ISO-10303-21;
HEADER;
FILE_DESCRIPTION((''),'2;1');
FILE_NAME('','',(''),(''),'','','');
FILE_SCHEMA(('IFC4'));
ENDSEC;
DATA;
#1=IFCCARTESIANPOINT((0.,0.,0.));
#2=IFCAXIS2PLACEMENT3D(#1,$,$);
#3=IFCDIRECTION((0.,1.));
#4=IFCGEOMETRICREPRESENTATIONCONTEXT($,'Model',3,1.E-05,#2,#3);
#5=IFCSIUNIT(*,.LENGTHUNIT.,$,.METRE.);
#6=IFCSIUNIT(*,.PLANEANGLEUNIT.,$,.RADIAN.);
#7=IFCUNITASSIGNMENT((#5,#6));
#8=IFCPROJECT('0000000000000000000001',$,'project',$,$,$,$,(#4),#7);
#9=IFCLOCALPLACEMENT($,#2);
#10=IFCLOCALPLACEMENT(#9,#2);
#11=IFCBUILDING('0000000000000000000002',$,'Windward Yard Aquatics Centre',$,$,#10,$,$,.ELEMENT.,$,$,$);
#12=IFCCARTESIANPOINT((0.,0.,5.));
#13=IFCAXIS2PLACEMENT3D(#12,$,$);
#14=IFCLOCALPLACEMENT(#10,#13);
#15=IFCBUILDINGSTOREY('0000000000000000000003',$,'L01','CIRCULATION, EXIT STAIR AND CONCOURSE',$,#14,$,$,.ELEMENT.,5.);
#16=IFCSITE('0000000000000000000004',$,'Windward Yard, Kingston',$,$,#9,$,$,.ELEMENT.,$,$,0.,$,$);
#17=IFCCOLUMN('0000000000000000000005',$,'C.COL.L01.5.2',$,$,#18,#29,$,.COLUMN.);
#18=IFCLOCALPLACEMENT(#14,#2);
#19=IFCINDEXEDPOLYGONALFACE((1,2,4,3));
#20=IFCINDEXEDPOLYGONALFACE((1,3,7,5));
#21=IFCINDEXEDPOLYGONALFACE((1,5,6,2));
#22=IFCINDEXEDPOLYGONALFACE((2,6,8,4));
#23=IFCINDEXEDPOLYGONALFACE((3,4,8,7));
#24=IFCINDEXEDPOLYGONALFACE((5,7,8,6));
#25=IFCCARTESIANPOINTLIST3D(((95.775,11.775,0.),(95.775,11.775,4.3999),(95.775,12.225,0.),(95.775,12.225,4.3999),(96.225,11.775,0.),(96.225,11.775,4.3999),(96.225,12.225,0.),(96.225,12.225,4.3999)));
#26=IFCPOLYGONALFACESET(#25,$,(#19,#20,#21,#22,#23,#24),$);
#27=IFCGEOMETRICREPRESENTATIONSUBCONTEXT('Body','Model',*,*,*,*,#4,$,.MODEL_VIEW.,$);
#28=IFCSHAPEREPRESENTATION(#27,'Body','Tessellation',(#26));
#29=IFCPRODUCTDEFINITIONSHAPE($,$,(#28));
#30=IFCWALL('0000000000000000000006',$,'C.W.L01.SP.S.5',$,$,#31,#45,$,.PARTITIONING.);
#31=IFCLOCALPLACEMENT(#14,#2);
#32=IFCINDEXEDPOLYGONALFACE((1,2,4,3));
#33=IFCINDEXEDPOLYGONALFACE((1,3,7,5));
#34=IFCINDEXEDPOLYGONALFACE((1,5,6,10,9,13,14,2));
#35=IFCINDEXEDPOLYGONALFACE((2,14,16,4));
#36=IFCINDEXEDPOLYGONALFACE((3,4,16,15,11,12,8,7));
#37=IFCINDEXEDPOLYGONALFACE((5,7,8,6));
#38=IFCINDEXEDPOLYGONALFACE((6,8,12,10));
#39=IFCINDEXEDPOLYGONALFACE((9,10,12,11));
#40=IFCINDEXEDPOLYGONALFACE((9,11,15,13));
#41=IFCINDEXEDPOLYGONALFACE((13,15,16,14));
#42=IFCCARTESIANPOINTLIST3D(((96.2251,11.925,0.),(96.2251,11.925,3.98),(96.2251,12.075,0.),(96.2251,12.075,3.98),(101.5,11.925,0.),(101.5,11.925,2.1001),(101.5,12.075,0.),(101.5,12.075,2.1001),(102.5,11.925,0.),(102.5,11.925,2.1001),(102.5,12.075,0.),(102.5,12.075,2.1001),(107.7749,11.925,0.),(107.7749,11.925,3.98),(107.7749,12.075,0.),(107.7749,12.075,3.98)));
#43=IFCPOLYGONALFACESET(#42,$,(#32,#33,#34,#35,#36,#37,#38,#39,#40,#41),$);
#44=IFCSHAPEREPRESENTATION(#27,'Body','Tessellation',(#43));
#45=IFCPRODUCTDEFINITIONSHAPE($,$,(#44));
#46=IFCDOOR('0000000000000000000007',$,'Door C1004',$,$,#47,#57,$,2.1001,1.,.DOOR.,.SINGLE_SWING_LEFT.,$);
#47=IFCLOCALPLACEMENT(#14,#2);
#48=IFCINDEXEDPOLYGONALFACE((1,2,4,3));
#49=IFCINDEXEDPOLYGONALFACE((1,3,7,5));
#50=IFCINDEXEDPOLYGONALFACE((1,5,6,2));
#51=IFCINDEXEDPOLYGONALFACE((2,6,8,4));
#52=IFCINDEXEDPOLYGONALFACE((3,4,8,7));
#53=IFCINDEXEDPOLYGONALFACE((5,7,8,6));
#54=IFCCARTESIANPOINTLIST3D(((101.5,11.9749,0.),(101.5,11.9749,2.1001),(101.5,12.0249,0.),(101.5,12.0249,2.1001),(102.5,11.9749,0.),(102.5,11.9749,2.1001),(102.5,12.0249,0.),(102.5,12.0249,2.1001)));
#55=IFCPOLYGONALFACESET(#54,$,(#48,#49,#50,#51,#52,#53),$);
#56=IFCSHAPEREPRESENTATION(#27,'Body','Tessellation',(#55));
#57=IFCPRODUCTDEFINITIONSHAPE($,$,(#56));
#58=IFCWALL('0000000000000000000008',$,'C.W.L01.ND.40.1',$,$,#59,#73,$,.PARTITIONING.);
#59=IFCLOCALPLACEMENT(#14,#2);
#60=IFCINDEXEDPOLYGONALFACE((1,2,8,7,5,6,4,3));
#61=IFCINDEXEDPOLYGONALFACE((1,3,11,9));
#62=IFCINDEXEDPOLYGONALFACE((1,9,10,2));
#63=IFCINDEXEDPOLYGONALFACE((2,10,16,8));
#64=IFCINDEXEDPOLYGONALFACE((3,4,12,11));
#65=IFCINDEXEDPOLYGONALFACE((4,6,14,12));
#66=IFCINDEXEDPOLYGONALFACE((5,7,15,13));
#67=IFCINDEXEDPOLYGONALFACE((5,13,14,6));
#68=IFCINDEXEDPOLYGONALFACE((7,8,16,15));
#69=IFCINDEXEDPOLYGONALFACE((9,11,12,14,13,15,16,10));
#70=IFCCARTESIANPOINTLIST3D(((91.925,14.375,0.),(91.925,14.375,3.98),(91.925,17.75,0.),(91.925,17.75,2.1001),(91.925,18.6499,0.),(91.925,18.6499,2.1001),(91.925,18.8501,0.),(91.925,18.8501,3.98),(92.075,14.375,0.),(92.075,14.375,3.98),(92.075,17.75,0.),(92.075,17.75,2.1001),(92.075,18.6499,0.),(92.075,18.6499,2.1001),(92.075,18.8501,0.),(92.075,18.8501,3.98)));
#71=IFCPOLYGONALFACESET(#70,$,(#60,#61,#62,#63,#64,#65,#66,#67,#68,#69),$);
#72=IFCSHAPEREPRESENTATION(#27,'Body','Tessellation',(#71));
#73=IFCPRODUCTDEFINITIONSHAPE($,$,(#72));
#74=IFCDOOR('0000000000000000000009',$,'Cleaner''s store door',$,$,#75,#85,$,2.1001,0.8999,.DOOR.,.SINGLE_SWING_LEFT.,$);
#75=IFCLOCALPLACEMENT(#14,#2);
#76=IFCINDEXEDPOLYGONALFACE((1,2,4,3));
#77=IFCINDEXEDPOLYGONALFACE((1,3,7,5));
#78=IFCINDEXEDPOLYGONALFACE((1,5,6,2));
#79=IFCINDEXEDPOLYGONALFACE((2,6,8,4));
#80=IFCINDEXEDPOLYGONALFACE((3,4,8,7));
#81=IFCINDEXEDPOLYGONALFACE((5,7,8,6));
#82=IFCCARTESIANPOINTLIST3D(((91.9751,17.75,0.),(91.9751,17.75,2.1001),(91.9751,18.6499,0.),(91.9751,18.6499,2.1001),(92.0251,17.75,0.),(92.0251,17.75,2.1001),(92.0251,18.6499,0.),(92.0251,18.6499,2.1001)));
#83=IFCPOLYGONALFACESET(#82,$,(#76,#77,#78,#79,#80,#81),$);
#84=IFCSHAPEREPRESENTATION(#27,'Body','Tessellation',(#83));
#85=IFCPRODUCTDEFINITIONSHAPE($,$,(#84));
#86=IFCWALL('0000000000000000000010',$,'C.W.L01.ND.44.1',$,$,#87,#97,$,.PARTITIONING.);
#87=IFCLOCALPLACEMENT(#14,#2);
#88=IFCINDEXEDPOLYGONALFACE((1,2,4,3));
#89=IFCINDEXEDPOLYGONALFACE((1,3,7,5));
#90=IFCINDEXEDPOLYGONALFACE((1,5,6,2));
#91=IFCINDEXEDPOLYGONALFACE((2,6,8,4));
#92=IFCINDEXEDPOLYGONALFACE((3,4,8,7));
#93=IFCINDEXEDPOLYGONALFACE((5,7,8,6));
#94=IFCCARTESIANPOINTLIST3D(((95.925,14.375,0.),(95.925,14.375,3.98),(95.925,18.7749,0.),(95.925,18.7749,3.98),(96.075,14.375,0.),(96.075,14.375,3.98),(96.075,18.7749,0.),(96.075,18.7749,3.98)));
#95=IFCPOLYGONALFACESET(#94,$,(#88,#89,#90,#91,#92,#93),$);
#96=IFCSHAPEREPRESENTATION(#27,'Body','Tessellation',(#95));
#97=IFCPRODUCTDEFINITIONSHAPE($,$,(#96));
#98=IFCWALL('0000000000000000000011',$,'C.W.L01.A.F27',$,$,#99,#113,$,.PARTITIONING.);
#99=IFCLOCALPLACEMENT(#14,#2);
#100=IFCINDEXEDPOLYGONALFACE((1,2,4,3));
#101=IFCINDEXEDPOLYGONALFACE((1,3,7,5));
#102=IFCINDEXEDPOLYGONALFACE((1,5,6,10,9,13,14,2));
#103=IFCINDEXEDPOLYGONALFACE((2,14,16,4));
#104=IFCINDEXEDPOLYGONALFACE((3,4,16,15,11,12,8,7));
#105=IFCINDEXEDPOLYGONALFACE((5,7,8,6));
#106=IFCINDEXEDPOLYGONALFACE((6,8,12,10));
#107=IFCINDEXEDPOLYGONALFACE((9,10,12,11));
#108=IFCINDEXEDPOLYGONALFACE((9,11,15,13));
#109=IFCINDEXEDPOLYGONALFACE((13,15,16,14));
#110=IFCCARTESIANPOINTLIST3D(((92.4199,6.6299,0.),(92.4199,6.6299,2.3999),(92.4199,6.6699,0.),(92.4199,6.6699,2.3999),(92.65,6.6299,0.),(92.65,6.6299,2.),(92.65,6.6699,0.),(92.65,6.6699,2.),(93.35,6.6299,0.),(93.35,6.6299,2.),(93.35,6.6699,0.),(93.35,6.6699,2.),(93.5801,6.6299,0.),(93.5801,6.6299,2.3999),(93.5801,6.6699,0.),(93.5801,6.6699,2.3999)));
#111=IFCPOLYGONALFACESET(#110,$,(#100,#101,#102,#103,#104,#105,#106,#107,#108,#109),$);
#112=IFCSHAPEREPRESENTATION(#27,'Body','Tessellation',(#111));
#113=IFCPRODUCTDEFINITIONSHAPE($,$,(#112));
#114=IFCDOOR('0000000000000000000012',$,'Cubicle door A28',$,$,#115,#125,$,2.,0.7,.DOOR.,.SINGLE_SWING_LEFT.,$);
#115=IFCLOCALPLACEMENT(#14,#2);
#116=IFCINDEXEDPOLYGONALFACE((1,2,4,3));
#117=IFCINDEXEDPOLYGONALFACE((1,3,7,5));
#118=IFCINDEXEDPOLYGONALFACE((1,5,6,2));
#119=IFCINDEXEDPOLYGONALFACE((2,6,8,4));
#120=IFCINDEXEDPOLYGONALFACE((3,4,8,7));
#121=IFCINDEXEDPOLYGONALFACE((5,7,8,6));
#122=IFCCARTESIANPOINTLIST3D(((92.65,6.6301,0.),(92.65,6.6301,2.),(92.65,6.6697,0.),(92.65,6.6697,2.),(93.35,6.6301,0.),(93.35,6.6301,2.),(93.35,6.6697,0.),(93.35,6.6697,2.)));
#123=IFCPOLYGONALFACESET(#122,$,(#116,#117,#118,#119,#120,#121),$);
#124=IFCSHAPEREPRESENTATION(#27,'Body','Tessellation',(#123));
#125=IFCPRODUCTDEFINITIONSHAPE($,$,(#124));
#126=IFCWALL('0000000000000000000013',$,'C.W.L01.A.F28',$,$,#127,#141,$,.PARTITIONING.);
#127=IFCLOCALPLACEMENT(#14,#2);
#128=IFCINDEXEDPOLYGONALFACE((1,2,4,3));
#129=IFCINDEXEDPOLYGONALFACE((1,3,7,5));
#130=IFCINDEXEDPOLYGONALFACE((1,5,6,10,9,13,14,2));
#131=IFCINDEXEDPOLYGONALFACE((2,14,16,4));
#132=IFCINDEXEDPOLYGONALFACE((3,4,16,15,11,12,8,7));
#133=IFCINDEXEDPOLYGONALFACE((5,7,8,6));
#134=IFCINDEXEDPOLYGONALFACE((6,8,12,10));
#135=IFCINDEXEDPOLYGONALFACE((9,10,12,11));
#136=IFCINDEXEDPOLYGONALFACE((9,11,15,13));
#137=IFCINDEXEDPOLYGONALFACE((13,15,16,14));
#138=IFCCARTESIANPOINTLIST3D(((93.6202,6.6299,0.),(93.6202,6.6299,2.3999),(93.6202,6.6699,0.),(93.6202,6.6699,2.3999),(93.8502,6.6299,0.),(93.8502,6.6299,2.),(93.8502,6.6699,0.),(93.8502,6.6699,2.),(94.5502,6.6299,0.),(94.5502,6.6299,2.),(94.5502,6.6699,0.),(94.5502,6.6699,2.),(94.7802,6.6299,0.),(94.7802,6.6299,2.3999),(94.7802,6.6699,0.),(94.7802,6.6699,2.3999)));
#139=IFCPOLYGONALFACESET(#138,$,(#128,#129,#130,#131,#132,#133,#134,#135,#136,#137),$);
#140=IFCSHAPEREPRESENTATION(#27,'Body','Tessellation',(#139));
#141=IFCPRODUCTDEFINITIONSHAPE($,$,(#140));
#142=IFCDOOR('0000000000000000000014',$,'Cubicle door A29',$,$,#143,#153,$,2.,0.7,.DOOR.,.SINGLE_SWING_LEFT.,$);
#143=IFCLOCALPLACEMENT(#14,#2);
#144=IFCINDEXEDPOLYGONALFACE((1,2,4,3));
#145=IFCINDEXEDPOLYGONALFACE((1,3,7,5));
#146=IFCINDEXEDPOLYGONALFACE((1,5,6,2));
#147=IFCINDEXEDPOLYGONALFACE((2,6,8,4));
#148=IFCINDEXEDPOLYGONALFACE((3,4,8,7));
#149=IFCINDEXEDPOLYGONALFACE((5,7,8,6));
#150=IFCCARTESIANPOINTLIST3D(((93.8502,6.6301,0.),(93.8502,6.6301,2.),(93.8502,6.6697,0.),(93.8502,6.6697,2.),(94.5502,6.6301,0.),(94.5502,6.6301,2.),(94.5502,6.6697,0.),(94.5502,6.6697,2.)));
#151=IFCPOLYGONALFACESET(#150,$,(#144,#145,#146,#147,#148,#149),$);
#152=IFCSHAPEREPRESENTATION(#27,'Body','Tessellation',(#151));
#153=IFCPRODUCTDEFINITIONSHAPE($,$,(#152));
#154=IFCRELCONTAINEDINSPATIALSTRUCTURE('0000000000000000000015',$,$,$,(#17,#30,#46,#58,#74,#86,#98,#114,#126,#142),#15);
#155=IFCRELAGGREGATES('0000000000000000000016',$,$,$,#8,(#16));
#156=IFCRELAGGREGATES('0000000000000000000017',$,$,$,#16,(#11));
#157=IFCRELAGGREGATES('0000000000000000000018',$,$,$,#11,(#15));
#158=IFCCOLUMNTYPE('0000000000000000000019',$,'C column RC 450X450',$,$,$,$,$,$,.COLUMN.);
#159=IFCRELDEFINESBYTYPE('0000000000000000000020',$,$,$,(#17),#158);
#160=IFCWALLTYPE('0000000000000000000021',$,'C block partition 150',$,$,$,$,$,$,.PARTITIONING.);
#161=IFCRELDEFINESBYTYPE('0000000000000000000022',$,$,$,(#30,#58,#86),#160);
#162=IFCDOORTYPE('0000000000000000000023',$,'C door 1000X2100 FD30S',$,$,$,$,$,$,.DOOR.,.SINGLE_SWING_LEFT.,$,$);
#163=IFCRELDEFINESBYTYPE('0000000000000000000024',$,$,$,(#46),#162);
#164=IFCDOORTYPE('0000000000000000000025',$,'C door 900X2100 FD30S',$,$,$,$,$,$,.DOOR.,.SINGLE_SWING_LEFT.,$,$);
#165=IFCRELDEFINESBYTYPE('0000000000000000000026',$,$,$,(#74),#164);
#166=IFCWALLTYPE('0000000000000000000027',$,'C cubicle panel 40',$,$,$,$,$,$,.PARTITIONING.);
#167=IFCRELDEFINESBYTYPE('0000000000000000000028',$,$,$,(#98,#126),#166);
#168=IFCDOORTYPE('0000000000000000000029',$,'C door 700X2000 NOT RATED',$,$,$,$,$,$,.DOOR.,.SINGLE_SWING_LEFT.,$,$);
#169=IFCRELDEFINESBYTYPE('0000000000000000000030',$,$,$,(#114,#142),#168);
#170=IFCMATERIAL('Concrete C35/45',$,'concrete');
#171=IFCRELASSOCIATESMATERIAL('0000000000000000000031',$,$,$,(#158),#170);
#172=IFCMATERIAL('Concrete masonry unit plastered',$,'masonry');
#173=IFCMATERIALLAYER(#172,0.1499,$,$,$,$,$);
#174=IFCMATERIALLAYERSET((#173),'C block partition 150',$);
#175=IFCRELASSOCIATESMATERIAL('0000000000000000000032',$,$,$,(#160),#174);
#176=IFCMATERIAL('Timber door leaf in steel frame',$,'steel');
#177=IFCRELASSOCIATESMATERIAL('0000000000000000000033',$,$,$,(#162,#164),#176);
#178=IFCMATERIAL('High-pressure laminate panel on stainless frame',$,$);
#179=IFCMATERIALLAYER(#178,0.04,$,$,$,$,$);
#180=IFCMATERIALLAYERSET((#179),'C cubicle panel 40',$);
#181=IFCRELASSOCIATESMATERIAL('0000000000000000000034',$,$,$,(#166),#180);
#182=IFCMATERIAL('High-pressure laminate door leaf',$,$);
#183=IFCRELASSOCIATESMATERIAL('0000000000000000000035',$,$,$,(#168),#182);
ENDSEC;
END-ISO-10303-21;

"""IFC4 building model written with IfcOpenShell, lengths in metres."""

from ifc_helpers import new_model, si_unit, direction, frame, frame_2d, origin, origin_2d, place, context, subcontext, project, spatial, rectangle, extrude, material, layer, layer_set, material_profile, profile_set, type_object, element, fill, save


model = new_model("IFC4")

# Units and contexts
model_context = context("Model", 3, precision=1e-05, world=origin(), true_north=direction((0.0, 1.0)))
body_context = subcontext(model_context, "Body", "Model", "MODEL_VIEW")
ifc_project = project(units=[si_unit("LENGTHUNIT", "METRE"), si_unit("PLANEANGLEUNIT", "RADIAN")], contexts=[model_context])

# Site, building, storey
site_placement = place(None, origin())
site = spatial("IfcSite", under=ifc_project, at=site_placement, Name="Windward Yard, Kingston", CompositionType="ELEMENT", RefElevation=0.0)
building_placement = place(site_placement, origin())
building = spatial("IfcBuilding", under=site, at=building_placement, Name="Windward Yard Aquatics Centre", CompositionType="ELEMENT")
storey_placement = place(building_placement, frame((0.0, 0.0, 5.0)))
storey = spatial("IfcBuildingStorey", under=building, at=storey_placement, Name="L01", Description="CIRCULATION, EXIT STAIR AND CONCOURSE", CompositionType="ELEMENT", Elevation=5.0)

# Column
ifc_material_1 = material(Name="Concrete C35/45", Category="concrete")
ifc_material_profile = material_profile(ifc_material_1, rectangle(XDim=0.45, YDim=0.45, at=origin_2d()), Name="RC 450X450")
ifc_profile_set = profile_set([ifc_material_profile], Name="Concrete C35/45")
column_type = type_object("IfcColumnType", Name="C column RC 450X450", PredefinedType="COLUMN", material=ifc_profile_set)
column_placement = place(storey_placement, frame((96.0, 12.0, 0.0), z_axis=(0.0, 0.0, 1.0), x_axis=(1.0, 0.0, 0.0)))
element("IfcColumn", 1, at=column_placement, inside=storey, type_object=column_type, Name="C.COL.L01.5.2", PredefinedType="COLUMN", context=body_context, shape_type="SweptSolid", body=[
    extrude(rectangle(XDim=0.45, YDim=0.45, at=origin_2d()), origin(), (0.0, 0.0, 1.0), 4.3999),
])

# Walls, openings, doors
ifc_material_2 = material(Name="Concrete masonry unit plastered", Category="masonry")
ifc_layer_1 = layer(ifc_material_2, 0.1499)
ifc_layer_set_1 = layer_set([ifc_layer_1], Name="C block partition 150")
wall_type_1 = type_object("IfcWallType", Name="C block partition 150", PredefinedType="PARTITIONING", material=ifc_layer_set_1)
wall_1_placement = place(storey_placement, frame((96.2251, 12.0, 0.0), z_axis=(0.0, 0.0, 1.0), x_axis=(1.0, 0.0, 0.0)))
wall_1 = element("IfcWall", 2, at=wall_1_placement, inside=storey, type_object=wall_type_1, Name="C.W.L01.SP.S.5", PredefinedType="PARTITIONING", context=body_context, shape_type="SweptSolid", body=[
    extrude(rectangle(XDim=11.5498, YDim=0.1499, at=frame_2d((5.7749, 0.0))), origin(), (0.0, 0.0, 1.0), 3.98),
])
opening_1_placement = place(wall_1_placement, frame((5.2749, 0.0, 0.0)))
opening_1 = element("IfcOpeningElement", 3, at=opening_1_placement, cuts=wall_1, PredefinedType="OPENING", context=body_context, shape_type="SweptSolid", body=[
    extrude(rectangle(XDim=1.0, YDim=2.1001, at=frame_2d((0.5, 1.05))), frame((0.0, 0.085, 0.0), z_axis=(0.0, -1.0, 0.0), x_axis=(1.0, 0.0, 0.0)), (0.0, 0.0, 1.0), 0.1699),
])
ifc_material_3 = material(Name="Timber door leaf in steel frame", Category="steel")
door_type_1 = type_object("IfcDoorType", Name="C door 1000X2100 FD30S", OperationType="SINGLE_SWING_LEFT", PredefinedType="DOOR", material=ifc_material_3)
door_1_placement = place(opening_1_placement, origin())
door_1 = element("IfcDoor", 4, at=door_1_placement, inside=storey, type_object=door_type_1, Name="Door C1004", OperationType="SINGLE_SWING_LEFT", OverallHeight=2.1001, OverallWidth=1.0, PredefinedType="DOOR", context=body_context, shape_type="SweptSolid", body=[
    extrude(rectangle(XDim=1.0, YDim=2.1001, at=frame_2d((0.5, 1.05))), frame((0.0, 0.0249, 0.0), z_axis=(0.0, -1.0, 0.0), x_axis=(1.0, 0.0, 0.0)), (0.0, 0.0, 1.0), 0.05),
])
fill(opening_1, door_1)
wall_2_placement = place(storey_placement, frame((92.0, 14.375, 0.0), z_axis=(0.0, 0.0, 1.0), x_axis=(0.0, 1.0, 0.0)))
wall_2 = element("IfcWall", 5, at=wall_2_placement, inside=storey, type_object=wall_type_1, Name="C.W.L01.ND.40.1", PredefinedType="PARTITIONING", context=body_context, shape_type="SweptSolid", body=[
    extrude(rectangle(XDim=4.4751, YDim=0.1499, at=frame_2d((2.2375, 0.0))), origin(), (0.0, 0.0, 1.0), 3.98),
])
opening_2_placement = place(wall_2_placement, frame((3.375, 0.0, 0.0)))
opening_2 = element("IfcOpeningElement", 6, at=opening_2_placement, cuts=wall_2, PredefinedType="OPENING", context=body_context, shape_type="SweptSolid", body=[
    extrude(rectangle(XDim=0.8999, YDim=2.1001, at=frame_2d((0.45, 1.05))), frame((0.0, 0.085, 0.0), z_axis=(0.0, -1.0, 0.0), x_axis=(1.0, 0.0, 0.0)), (0.0, 0.0, 1.0), 0.1699),
])
door_type_2 = type_object("IfcDoorType", Name="C door 900X2100 FD30S", OperationType="SINGLE_SWING_LEFT", PredefinedType="DOOR", material=ifc_material_3)
door_2_placement = place(opening_2_placement, origin())
door_2 = element("IfcDoor", 7, at=door_2_placement, inside=storey, type_object=door_type_2, Name="Cleaner's store door", OperationType="SINGLE_SWING_LEFT", OverallHeight=2.1001, OverallWidth=0.8999, PredefinedType="DOOR", context=body_context, shape_type="SweptSolid", body=[
    extrude(rectangle(XDim=0.8999, YDim=2.1001, at=frame_2d((0.45, 1.05))), frame((0.0, 0.0249, 0.0), z_axis=(0.0, -1.0, 0.0), x_axis=(1.0, 0.0, 0.0)), (0.0, 0.0, 1.0), 0.05),
])
fill(opening_2, door_2)

# Wall
wall_3_placement = place(storey_placement, frame((96.0, 14.375, 0.0), z_axis=(0.0, 0.0, 1.0), x_axis=(0.0, 1.0, 0.0)))
element("IfcWall", 8, at=wall_3_placement, inside=storey, type_object=wall_type_1, Name="C.W.L01.ND.44.1", PredefinedType="PARTITIONING", context=body_context, shape_type="SweptSolid", body=[
    extrude(rectangle(XDim=4.3999, YDim=0.1499, at=frame_2d((2.2, 0.0))), origin(), (0.0, 0.0, 1.0), 3.98),
])

# Walls, openings, doors
ifc_material_4 = material(Name="High-pressure laminate panel on stainless frame")
ifc_layer_2 = layer(ifc_material_4, 0.04)
ifc_layer_set_2 = layer_set([ifc_layer_2], Name="C cubicle panel 40")
wall_type_2 = type_object("IfcWallType", Name="C cubicle panel 40", PredefinedType="PARTITIONING", material=ifc_layer_set_2)
wall_4_placement = place(storey_placement, frame((92.4199, 6.6499, 0.0), z_axis=(0.0, 0.0, 1.0), x_axis=(1.0, 0.0, 0.0)))
wall_4 = element("IfcWall", 9, at=wall_4_placement, inside=storey, type_object=wall_type_2, Name="C.W.L01.A.F27", PredefinedType="PARTITIONING", context=body_context, shape_type="SweptSolid", body=[
    extrude(rectangle(XDim=1.1602, YDim=0.04, at=frame_2d((0.5801, 0.0))), origin(), (0.0, 0.0, 1.0), 2.3999),
])
opening_3_placement = place(wall_4_placement, frame((0.23, 0.0, 0.0)))
opening_3 = element("IfcOpeningElement", 10, at=opening_3_placement, cuts=wall_4, PredefinedType="OPENING", context=body_context, shape_type="SweptSolid", body=[
    extrude(rectangle(XDim=0.7, YDim=2.0, at=frame_2d((0.3501, 1.0))), frame((0.0, 0.03, 0.0), z_axis=(0.0, -1.0, 0.0), x_axis=(1.0, 0.0, 0.0)), (0.0, 0.0, 1.0), 0.0601),
])
ifc_material_5 = material(Name="High-pressure laminate door leaf")
door_type_3 = type_object("IfcDoorType", Name="C door 700X2000 NOT RATED", OperationType="SINGLE_SWING_LEFT", PredefinedType="DOOR", material=ifc_material_5)
door_3_placement = place(opening_3_placement, origin())
door_3 = element("IfcDoor", 11, at=door_3_placement, inside=storey, type_object=door_type_3, Name="Cubicle door A28", OperationType="SINGLE_SWING_LEFT", OverallHeight=2.0, OverallWidth=0.7, PredefinedType="DOOR", context=body_context, shape_type="SweptSolid", body=[
    extrude(rectangle(XDim=0.7, YDim=2.0, at=frame_2d((0.3501, 1.0))), frame((0.0, 0.0198, 0.0), z_axis=(0.0, -1.0, 0.0), x_axis=(1.0, 0.0, 0.0)), (0.0, 0.0, 1.0), 0.0396),
])
fill(opening_3, door_3)
wall_5_placement = place(storey_placement, frame((93.6201, 6.6499, 0.0), z_axis=(0.0, 0.0, 1.0), x_axis=(1.0, 0.0, 0.0)))
wall_5 = element("IfcWall", 12, at=wall_5_placement, inside=storey, type_object=wall_type_2, Name="C.W.L01.A.F28", PredefinedType="PARTITIONING", context=body_context, shape_type="SweptSolid", body=[
    extrude(rectangle(XDim=1.1599, YDim=0.04, at=frame_2d((0.5801, 0.0))), origin(), (0.0, 0.0, 1.0), 2.3999),
])
opening_4_placement = place(wall_5_placement, frame((0.23, 0.0, 0.0)))
opening_4 = element("IfcOpeningElement", 13, at=opening_4_placement, cuts=wall_5, PredefinedType="OPENING", context=body_context, shape_type="SweptSolid", body=[
    extrude(rectangle(XDim=0.7, YDim=2.0, at=frame_2d((0.3501, 1.0))), frame((0.0, 0.03, 0.0), z_axis=(0.0, -1.0, 0.0), x_axis=(1.0, 0.0, 0.0)), (0.0, 0.0, 1.0), 0.0601),
])
door_4_placement = place(opening_4_placement, origin())
door_4 = element("IfcDoor", 14, at=door_4_placement, inside=storey, type_object=door_type_3, Name="Cubicle door A29", OperationType="SINGLE_SWING_LEFT", OverallHeight=2.0, OverallWidth=0.7, PredefinedType="DOOR", context=body_context, shape_type="SweptSolid", body=[
    extrude(rectangle(XDim=0.7, YDim=2.0, at=frame_2d((0.3501, 1.0))), frame((0.0, 0.0198, 0.0), z_axis=(0.0, -1.0, 0.0), x_axis=(1.0, 0.0, 0.0)), (0.0, 0.0, 1.0), 0.0396),
])
fill(opening_4, door_4)

save(model, "model.ifc")
